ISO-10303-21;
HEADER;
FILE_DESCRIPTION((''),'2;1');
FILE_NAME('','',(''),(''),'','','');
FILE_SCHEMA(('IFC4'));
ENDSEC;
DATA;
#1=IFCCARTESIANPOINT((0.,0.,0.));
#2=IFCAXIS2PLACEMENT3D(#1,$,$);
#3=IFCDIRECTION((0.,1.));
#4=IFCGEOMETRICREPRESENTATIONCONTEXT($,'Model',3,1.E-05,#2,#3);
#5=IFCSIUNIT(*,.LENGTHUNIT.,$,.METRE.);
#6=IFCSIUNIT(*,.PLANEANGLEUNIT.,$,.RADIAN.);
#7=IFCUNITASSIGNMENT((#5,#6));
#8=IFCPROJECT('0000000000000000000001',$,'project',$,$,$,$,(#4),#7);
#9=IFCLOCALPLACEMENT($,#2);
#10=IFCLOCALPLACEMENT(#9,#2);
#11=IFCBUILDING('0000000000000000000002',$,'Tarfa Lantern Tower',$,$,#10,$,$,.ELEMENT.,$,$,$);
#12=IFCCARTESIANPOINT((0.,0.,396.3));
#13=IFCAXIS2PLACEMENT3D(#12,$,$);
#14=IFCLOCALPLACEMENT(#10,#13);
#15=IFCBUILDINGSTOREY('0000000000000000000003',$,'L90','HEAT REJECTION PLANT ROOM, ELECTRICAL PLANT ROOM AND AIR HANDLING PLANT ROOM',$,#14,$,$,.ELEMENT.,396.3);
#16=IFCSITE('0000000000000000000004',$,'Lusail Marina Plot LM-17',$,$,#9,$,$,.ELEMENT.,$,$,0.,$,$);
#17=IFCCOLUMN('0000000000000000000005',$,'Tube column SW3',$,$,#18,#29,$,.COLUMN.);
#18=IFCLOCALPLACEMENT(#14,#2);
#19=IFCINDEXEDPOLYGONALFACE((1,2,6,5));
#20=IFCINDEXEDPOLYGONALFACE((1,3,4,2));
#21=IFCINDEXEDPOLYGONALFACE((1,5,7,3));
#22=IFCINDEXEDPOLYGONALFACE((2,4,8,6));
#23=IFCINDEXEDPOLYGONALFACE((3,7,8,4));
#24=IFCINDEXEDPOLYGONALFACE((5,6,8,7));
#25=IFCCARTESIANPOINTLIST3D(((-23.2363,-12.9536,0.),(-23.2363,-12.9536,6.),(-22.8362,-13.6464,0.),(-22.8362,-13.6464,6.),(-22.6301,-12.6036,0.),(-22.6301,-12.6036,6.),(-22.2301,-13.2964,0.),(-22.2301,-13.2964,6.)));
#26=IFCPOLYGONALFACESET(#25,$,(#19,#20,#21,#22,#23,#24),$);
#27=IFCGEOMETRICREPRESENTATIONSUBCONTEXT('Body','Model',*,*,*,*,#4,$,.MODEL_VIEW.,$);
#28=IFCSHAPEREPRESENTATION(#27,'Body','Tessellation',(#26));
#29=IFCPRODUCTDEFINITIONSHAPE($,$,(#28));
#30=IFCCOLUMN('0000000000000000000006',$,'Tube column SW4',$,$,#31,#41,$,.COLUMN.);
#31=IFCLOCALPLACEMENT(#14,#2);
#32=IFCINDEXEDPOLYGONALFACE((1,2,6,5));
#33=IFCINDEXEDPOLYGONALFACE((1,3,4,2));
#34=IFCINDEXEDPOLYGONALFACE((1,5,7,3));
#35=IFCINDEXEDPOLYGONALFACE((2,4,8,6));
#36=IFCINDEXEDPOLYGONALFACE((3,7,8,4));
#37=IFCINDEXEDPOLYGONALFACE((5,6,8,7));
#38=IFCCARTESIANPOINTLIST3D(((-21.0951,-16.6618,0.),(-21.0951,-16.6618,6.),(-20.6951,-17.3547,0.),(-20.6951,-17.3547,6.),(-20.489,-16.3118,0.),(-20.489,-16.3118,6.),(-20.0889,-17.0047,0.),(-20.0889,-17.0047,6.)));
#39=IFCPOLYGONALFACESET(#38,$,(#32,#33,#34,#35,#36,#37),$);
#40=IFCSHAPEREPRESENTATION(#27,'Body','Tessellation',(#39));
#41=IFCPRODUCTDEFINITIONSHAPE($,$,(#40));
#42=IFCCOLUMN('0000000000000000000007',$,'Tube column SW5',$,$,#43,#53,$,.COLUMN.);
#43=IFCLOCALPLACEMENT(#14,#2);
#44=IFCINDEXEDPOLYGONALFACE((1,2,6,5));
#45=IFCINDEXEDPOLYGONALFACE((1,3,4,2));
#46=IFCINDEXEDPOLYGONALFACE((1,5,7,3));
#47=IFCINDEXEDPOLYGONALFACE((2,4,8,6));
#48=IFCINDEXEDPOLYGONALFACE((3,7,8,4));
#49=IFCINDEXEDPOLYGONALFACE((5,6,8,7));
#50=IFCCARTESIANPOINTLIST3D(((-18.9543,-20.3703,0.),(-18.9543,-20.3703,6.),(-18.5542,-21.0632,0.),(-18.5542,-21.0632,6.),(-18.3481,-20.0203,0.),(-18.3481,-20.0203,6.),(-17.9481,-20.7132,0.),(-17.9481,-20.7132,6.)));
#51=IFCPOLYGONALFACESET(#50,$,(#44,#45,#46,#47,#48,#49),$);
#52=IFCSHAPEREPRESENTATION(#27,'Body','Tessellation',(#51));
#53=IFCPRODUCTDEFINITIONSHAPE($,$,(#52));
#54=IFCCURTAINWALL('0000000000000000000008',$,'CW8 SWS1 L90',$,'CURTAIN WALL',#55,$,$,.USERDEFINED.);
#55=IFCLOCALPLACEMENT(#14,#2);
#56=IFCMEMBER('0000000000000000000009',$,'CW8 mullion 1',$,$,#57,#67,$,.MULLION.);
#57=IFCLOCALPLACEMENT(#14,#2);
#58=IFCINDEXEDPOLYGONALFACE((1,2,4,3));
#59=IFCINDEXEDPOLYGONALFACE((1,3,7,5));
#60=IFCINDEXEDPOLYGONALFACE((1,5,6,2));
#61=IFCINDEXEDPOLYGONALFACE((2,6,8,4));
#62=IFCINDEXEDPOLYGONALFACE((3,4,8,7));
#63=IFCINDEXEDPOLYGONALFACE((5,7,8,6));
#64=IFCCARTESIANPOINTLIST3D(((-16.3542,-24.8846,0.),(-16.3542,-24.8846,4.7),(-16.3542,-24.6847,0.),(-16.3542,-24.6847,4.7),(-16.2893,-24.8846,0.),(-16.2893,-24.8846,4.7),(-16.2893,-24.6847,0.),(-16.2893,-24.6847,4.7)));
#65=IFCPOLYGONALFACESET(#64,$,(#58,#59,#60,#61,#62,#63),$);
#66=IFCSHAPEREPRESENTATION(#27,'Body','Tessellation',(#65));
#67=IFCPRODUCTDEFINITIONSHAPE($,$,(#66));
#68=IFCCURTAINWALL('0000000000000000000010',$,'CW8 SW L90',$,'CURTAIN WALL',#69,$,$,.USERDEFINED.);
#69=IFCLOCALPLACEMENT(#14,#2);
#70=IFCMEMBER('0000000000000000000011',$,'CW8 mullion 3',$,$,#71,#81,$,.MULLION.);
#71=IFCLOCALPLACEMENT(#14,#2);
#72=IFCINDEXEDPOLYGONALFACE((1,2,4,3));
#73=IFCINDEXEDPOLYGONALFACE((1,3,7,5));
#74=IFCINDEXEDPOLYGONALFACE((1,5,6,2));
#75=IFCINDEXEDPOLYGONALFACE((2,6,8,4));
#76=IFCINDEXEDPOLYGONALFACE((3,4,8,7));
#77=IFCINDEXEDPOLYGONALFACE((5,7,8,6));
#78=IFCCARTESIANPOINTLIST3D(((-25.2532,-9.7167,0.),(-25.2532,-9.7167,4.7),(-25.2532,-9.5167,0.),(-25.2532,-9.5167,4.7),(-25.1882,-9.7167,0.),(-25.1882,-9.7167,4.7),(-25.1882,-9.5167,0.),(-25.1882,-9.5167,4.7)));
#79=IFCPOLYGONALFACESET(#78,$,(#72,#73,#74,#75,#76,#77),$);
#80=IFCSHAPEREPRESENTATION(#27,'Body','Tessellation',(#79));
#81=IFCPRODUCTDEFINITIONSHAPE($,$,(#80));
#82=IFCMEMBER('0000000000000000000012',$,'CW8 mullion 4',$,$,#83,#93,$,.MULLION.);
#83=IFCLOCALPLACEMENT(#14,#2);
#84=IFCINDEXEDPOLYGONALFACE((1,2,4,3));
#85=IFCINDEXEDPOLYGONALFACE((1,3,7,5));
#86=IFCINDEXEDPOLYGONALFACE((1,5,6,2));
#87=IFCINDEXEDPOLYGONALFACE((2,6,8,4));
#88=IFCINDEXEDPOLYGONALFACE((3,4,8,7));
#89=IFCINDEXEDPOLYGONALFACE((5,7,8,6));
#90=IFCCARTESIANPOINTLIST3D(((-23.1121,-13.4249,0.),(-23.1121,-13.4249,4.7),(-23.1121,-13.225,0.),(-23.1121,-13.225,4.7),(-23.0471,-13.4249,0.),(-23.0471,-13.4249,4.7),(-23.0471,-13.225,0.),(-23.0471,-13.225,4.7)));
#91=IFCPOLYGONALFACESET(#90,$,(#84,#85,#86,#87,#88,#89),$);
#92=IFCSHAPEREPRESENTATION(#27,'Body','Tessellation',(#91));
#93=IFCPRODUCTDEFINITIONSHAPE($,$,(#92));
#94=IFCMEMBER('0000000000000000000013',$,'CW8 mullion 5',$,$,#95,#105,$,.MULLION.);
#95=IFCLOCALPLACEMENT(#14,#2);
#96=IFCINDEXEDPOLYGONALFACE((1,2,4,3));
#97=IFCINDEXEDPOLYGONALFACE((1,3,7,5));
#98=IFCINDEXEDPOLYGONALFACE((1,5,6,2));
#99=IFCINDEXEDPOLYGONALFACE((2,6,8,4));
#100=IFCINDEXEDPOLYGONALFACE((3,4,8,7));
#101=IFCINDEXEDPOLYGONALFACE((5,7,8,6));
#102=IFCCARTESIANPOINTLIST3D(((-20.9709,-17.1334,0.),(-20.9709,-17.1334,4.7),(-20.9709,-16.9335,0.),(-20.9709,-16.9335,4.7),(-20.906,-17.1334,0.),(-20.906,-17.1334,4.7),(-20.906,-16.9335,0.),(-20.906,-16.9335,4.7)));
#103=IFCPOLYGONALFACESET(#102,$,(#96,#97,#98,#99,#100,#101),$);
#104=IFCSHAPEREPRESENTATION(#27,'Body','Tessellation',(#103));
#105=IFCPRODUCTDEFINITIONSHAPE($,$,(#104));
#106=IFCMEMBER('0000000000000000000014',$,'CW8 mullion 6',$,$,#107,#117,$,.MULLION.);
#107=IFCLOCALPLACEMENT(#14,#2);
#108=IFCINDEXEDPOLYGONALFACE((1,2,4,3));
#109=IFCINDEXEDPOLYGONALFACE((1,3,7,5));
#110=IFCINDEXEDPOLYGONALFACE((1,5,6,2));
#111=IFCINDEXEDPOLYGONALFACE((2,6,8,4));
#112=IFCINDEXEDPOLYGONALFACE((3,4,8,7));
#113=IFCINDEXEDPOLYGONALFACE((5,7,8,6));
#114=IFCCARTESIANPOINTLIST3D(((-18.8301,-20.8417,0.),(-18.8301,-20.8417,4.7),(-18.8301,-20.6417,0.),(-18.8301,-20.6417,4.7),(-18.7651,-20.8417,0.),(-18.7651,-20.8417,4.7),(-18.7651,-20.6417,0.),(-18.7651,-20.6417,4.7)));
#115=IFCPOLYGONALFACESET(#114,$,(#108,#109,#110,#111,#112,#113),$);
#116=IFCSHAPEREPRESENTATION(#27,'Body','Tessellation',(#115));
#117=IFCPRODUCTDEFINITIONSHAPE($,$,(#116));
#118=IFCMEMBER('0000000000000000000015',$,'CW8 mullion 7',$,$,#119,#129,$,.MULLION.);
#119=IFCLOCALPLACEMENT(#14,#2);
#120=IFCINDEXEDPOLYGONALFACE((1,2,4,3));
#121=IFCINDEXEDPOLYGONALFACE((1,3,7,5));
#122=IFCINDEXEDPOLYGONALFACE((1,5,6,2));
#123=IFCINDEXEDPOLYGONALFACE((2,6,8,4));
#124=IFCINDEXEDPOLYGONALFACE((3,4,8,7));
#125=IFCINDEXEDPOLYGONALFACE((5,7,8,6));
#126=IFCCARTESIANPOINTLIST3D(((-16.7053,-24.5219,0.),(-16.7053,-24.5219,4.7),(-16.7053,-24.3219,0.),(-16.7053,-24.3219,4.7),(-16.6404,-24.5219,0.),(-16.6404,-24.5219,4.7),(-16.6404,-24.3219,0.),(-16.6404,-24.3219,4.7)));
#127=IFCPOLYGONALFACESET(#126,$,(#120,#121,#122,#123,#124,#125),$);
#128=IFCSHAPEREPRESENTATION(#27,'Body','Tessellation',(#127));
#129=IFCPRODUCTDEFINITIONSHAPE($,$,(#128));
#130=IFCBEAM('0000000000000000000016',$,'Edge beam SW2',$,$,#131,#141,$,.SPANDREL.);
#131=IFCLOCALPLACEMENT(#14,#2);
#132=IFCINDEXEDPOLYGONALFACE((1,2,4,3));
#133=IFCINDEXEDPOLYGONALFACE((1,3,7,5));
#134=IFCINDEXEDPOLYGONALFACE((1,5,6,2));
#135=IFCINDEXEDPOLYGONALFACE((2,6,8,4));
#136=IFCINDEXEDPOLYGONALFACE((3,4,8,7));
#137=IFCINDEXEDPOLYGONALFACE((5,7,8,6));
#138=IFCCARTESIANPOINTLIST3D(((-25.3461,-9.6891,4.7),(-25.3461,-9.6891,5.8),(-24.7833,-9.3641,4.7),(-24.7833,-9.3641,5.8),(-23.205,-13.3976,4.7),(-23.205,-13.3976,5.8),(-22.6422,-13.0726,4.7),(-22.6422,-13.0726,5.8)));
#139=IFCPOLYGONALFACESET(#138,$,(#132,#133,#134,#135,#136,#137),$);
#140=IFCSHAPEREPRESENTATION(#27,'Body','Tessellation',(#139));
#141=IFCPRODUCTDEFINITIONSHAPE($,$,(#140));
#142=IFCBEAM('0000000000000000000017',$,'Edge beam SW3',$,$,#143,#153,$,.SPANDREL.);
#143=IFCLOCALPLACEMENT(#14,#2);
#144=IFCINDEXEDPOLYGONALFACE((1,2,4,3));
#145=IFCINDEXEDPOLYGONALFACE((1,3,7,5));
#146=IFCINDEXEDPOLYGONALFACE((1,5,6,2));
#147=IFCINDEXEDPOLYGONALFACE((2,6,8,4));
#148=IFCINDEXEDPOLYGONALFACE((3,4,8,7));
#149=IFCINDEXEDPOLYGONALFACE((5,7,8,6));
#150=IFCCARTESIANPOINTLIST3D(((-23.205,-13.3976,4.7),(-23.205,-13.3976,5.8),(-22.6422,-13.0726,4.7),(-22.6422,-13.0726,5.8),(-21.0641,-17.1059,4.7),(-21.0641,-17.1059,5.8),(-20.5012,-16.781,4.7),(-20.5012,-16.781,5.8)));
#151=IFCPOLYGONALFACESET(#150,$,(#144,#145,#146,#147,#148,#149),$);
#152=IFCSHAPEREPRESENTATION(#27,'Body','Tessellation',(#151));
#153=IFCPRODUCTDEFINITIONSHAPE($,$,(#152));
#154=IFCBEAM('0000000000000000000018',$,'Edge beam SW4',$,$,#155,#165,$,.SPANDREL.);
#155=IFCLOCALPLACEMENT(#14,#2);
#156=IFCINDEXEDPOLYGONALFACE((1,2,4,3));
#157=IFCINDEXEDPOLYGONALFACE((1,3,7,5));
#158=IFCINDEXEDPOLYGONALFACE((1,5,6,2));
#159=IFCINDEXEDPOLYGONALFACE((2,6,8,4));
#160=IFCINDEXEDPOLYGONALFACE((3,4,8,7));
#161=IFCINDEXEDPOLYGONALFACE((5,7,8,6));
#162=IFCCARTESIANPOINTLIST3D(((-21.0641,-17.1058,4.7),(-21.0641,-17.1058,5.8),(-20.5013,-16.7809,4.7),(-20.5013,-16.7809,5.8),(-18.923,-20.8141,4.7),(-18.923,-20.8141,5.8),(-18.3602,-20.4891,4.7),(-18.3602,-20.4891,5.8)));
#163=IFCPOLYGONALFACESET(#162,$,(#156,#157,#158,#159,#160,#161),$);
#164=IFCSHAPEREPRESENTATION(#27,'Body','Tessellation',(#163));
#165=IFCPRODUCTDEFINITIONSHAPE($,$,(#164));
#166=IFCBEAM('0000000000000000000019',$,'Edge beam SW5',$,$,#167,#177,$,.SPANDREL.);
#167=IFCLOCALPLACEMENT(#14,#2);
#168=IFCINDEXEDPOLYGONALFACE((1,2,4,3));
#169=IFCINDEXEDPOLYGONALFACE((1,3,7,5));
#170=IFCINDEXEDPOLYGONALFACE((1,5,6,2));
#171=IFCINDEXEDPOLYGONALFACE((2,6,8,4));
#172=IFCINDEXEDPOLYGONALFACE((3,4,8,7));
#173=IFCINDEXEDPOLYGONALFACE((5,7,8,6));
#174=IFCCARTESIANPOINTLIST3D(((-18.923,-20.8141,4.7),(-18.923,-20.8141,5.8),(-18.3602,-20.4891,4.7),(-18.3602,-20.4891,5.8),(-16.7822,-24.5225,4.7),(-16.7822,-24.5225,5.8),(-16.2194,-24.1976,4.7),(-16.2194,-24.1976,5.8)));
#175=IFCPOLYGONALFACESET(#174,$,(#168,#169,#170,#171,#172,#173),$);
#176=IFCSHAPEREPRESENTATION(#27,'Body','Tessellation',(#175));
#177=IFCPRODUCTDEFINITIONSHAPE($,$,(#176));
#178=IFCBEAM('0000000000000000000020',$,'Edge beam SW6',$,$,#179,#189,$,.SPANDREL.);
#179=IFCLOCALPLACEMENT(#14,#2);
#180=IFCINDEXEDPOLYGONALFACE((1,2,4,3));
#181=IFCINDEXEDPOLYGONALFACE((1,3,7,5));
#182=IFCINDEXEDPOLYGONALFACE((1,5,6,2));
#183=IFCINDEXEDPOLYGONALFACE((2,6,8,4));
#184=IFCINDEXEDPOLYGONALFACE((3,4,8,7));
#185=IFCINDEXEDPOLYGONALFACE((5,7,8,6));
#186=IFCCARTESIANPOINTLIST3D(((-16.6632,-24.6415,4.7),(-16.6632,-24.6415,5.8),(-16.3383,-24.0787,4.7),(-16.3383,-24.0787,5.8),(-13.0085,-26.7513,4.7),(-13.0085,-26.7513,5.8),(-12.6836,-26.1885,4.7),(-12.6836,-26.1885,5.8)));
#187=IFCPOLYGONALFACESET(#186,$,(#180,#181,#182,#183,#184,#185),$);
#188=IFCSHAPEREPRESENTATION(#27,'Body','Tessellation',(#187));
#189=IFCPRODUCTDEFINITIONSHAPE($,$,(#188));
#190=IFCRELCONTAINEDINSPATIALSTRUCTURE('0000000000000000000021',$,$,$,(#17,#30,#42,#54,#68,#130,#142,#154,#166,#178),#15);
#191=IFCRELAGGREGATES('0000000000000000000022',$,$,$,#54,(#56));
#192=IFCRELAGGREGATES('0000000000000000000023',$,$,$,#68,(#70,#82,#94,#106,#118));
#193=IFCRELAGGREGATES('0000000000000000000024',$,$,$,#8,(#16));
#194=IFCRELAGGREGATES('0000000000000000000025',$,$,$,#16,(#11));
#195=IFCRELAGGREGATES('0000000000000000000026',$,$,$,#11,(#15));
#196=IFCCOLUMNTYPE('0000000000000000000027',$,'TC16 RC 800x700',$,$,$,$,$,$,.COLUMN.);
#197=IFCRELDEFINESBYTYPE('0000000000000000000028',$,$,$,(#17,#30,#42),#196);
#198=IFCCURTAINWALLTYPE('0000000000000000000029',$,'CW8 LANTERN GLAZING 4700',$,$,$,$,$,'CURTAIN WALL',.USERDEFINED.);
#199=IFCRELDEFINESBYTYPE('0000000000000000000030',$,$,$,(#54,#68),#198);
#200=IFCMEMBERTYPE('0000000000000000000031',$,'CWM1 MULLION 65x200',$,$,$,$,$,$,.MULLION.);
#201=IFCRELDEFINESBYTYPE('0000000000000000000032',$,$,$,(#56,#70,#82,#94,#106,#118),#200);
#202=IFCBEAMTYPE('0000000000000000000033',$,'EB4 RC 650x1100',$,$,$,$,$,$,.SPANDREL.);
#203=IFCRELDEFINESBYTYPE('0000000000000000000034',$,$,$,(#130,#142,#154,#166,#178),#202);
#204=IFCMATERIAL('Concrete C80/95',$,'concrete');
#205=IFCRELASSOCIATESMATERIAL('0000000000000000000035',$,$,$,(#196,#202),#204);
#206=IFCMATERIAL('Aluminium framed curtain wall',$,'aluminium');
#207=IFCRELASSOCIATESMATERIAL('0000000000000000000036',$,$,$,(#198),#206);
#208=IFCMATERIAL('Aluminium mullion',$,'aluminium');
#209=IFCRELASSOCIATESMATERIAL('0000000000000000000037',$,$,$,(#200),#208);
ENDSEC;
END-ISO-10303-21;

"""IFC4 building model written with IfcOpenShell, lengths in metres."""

from ifc_helpers import new_model, si_unit, direction, frame, origin, origin_2d, place, context, subcontext, project, spatial, rectangle, extrude, material, material_profile, profile_set, type_object, element, aggregate, save


model = new_model("IFC4")

# Units and contexts
model_context = context("Model", 3, precision=1e-05, world=origin(), true_north=direction((0.0, 1.0)))
body_context = subcontext(model_context, "Body", "Model", "MODEL_VIEW")
ifc_project = project(units=[si_unit("LENGTHUNIT", "METRE"), si_unit("PLANEANGLEUNIT", "RADIAN")], contexts=[model_context])

# Site, building, storey
site_placement = place(None, origin())
site = spatial("IfcSite", under=ifc_project, at=site_placement, Name="Lusail Marina Plot LM-17", CompositionType="ELEMENT", RefElevation=0.0)
building_placement = place(site_placement, origin())
building = spatial("IfcBuilding", under=site, at=building_placement, Name="Tarfa Lantern Tower", CompositionType="ELEMENT")
storey_placement = place(building_placement, frame((0.0, 0.0, 396.3)))
storey = spatial("IfcBuildingStorey", under=building, at=storey_placement, Name="L90", Description="HEAT REJECTION PLANT ROOM, ELECTRICAL PLANT ROOM AND AIR HANDLING PLANT ROOM", CompositionType="ELEMENT", Elevation=396.3)

# Columns
ifc_material_1 = material(Name="Concrete C80/95", Category="concrete")
ifc_material_profile_1 = material_profile(ifc_material_1, rectangle(XDim=0.8, YDim=0.7, at=origin_2d()), Name="RC 800x700")
ifc_profile_set_1 = profile_set([ifc_material_profile_1], Name="Concrete C80/95")
column_type = type_object("IfcColumnType", Name="TC16 RC 800x700", PredefinedType="COLUMN", material=ifc_profile_set_1)
for number, where, z_axis, x_axis, name in (
    (1, (-22.7332, -13.125, 0.0), (0.0, 0.0, 1.0), (0.5, -0.866025, 0.0), "Tube column SW3"),
    (2, (-20.592, -16.8333, 0.0), (0.0, 0.0, 1.0), (0.5, -0.866025, 0.0), "Tube column SW4"),
    (3, (-18.4512, -20.5417, 0.0), (0.0, 0.0, 1.0), (0.5, -0.866025, 0.0), "Tube column SW5"),
):
    element("IfcColumn", number, at=place(storey_placement, frame(where, z_axis=z_axis, x_axis=x_axis)), inside=storey, type_object=column_type, Name=name, PredefinedType="COLUMN", context=body_context, shape_type="SweptSolid", body=[
        extrude(rectangle(XDim=0.8, YDim=0.7, at=origin_2d()), origin(), (0.0, 0.0, 1.0), 6.0),
    ])

# Curtain wall, member
ifc_material_2 = material(Name="Aluminium framed curtain wall", Category="aluminium")
curtain_wall_type = type_object("IfcCurtainWallType", Name="CW8 LANTERN GLAZING 4700", ElementType="CURTAIN WALL", PredefinedType="USERDEFINED", material=ifc_material_2)
curtain_wall_1_placement = place(storey_placement, origin())
curtain_wall_1 = element("IfcCurtainWall", 4, at=curtain_wall_1_placement, inside=storey, type_object=curtain_wall_type, Name="CW8 SWS1 L90", ObjectType="CURTAIN WALL", PredefinedType="USERDEFINED")
ifc_material_3 = material(Name="Aluminium mullion", Category="aluminium")
ifc_material_profile_2 = material_profile(ifc_material_3, rectangle(XDim=0.0649, YDim=0.2, at=origin_2d()), Name="AL MULLION 65x200")
ifc_profile_set_2 = profile_set([ifc_material_profile_2], Name="Aluminium mullion")
member_type = type_object("IfcMemberType", Name="CWM1 MULLION 65x200", PredefinedType="MULLION", material=ifc_profile_set_2)
member_1_placement = place(storey_placement, frame((-16.3218, -24.7847, 0.0), z_axis=(0.0, 0.0, 1.0), x_axis=(1.0, 0.0, 0.0)))
member_1 = element("IfcMember", 5, at=member_1_placement, type_object=member_type, Name="CW8 mullion 1", PredefinedType="MULLION", context=body_context, shape_type="SweptSolid", body=[
    extrude(rectangle(XDim=0.0649, YDim=0.2, at=origin_2d()), origin(), (0.0, 0.0, 1.0), 4.7),
])
aggregate(curtain_wall_1, [member_1])

# Curtain wall, members
curtain_wall_2_placement = place(storey_placement, origin())
curtain_wall_2 = element("IfcCurtainWall", 6, at=curtain_wall_2_placement, inside=storey, type_object=curtain_wall_type, Name="CW8 SW L90", ObjectType="CURTAIN WALL", PredefinedType="USERDEFINED")
member_2_placement = place(storey_placement, frame((-25.2207, -9.6167, 0.0), z_axis=(0.0, 0.0, 1.0), x_axis=(1.0, 0.0, 0.0)))
member_2 = element("IfcMember", 7, at=member_2_placement, type_object=member_type, Name="CW8 mullion 3", PredefinedType="MULLION", context=body_context, shape_type="SweptSolid", body=[
    extrude(rectangle(XDim=0.0649, YDim=0.2, at=origin_2d()), origin(), (0.0, 0.0, 1.0), 4.7),
])
member_3_placement = place(storey_placement, frame((-23.0796, -13.325, 0.0), z_axis=(0.0, 0.0, 1.0), x_axis=(1.0, 0.0, 0.0)))
member_3 = element("IfcMember", 8, at=member_3_placement, type_object=member_type, Name="CW8 mullion 4", PredefinedType="MULLION", context=body_context, shape_type="SweptSolid", body=[
    extrude(rectangle(XDim=0.0649, YDim=0.2, at=origin_2d()), origin(), (0.0, 0.0, 1.0), 4.7),
])
member_4_placement = place(storey_placement, frame((-20.9385, -17.0334, 0.0), z_axis=(0.0, 0.0, 1.0), x_axis=(1.0, 0.0, 0.0)))
member_4 = element("IfcMember", 9, at=member_4_placement, type_object=member_type, Name="CW8 mullion 5", PredefinedType="MULLION", context=body_context, shape_type="SweptSolid", body=[
    extrude(rectangle(XDim=0.0649, YDim=0.2, at=origin_2d()), origin(), (0.0, 0.0, 1.0), 4.7),
])
member_5_placement = place(storey_placement, frame((-18.7976, -20.7417, 0.0), z_axis=(0.0, 0.0, 1.0), x_axis=(1.0, 0.0, 0.0)))
member_5 = element("IfcMember", 10, at=member_5_placement, type_object=member_type, Name="CW8 mullion 6", PredefinedType="MULLION", context=body_context, shape_type="SweptSolid", body=[
    extrude(rectangle(XDim=0.0649, YDim=0.2, at=origin_2d()), origin(), (0.0, 0.0, 1.0), 4.7),
])
member_6_placement = place(storey_placement, frame((-16.6729, -24.4219, 0.0), z_axis=(0.0, 0.0, 1.0), x_axis=(1.0, 0.0, 0.0)))
member_6 = element("IfcMember", 11, at=member_6_placement, type_object=member_type, Name="CW8 mullion 7", PredefinedType="MULLION", context=body_context, shape_type="SweptSolid", body=[
    extrude(rectangle(XDim=0.0649, YDim=0.2, at=origin_2d()), origin(), (0.0, 0.0, 1.0), 4.7),
])

# Beams
ifc_material_profile_3 = material_profile(ifc_material_1, rectangle(XDim=0.6499, YDim=1.1001, at=origin_2d()), Name="RC 650x1100")
ifc_profile_set_3 = profile_set([ifc_material_profile_3], Name="Concrete C80/95")
beam_type_1 = type_object("IfcBeamType", Name="EB4 RC 650x1100", PredefinedType="SPANDREL", material=ifc_profile_set_3)
beam_1_placement = place(storey_placement, frame((-25.0647, -9.5266, 5.25), z_axis=(0.500002, -0.866024, 0.0), x_axis=(0.866024, 0.500002, 0.0)))
element("IfcBeam", 12, at=beam_1_placement, inside=storey, type_object=beam_type_1, Name="Edge beam SW2", PredefinedType="SPANDREL", context=body_context, shape_type="SweptSolid", body=[
    extrude(rectangle(XDim=0.6499, YDim=1.1001, at=origin_2d()), origin(), (0.0, 0.0, 1.0), 4.2822),
])
for number, where, z_axis, x_axis, name in (
    (13, (-22.9236, -13.2351, 5.25), (0.499984, -0.866035, 0.0), (0.866035, 0.499984, 0.0), "Edge beam SW3"),
    (14, (-20.7827, -16.9434, 5.25), (0.500027, -0.86601, 0.0), (0.86601, 0.500027, 0.0), "Edge beam SW4"),
    (15, (-18.6416, -20.6516, 5.25), (0.499959, -0.866049, 0.0), (0.866049, 0.499959, 0.0), "Edge beam SW5"),
):
    element("IfcBeam", number, at=place(storey_placement, frame(where, z_axis=z_axis, x_axis=x_axis)), inside=storey, type_object=beam_type_1, Name=name, PredefinedType="SPANDREL", context=body_context, shape_type="SweptSolid", body=[
        extrude(rectangle(XDim=0.6499, YDim=1.1001, at=origin_2d()), origin(), (0.0, 0.0, 1.0), 4.282),
    ])
beam_2_placement = place(storey_placement, frame((-16.5007, -24.3601, 5.25), z_axis=(0.866049, -0.499959, 0.0), x_axis=(0.499959, 0.866049, 0.0)))
element("IfcBeam", 16, at=beam_2_placement, inside=storey, type_object=beam_type_1, Name="Edge beam SW6", PredefinedType="SPANDREL", context=body_context, shape_type="SweptSolid", body=[
    extrude(rectangle(XDim=0.6499, YDim=1.1001, at=origin_2d()), origin(), (0.0, 0.0, 1.0), 4.22),
])

aggregate(curtain_wall_2, [member_2, member_3, member_4, member_5, member_6])

save(model, "model.ifc")
